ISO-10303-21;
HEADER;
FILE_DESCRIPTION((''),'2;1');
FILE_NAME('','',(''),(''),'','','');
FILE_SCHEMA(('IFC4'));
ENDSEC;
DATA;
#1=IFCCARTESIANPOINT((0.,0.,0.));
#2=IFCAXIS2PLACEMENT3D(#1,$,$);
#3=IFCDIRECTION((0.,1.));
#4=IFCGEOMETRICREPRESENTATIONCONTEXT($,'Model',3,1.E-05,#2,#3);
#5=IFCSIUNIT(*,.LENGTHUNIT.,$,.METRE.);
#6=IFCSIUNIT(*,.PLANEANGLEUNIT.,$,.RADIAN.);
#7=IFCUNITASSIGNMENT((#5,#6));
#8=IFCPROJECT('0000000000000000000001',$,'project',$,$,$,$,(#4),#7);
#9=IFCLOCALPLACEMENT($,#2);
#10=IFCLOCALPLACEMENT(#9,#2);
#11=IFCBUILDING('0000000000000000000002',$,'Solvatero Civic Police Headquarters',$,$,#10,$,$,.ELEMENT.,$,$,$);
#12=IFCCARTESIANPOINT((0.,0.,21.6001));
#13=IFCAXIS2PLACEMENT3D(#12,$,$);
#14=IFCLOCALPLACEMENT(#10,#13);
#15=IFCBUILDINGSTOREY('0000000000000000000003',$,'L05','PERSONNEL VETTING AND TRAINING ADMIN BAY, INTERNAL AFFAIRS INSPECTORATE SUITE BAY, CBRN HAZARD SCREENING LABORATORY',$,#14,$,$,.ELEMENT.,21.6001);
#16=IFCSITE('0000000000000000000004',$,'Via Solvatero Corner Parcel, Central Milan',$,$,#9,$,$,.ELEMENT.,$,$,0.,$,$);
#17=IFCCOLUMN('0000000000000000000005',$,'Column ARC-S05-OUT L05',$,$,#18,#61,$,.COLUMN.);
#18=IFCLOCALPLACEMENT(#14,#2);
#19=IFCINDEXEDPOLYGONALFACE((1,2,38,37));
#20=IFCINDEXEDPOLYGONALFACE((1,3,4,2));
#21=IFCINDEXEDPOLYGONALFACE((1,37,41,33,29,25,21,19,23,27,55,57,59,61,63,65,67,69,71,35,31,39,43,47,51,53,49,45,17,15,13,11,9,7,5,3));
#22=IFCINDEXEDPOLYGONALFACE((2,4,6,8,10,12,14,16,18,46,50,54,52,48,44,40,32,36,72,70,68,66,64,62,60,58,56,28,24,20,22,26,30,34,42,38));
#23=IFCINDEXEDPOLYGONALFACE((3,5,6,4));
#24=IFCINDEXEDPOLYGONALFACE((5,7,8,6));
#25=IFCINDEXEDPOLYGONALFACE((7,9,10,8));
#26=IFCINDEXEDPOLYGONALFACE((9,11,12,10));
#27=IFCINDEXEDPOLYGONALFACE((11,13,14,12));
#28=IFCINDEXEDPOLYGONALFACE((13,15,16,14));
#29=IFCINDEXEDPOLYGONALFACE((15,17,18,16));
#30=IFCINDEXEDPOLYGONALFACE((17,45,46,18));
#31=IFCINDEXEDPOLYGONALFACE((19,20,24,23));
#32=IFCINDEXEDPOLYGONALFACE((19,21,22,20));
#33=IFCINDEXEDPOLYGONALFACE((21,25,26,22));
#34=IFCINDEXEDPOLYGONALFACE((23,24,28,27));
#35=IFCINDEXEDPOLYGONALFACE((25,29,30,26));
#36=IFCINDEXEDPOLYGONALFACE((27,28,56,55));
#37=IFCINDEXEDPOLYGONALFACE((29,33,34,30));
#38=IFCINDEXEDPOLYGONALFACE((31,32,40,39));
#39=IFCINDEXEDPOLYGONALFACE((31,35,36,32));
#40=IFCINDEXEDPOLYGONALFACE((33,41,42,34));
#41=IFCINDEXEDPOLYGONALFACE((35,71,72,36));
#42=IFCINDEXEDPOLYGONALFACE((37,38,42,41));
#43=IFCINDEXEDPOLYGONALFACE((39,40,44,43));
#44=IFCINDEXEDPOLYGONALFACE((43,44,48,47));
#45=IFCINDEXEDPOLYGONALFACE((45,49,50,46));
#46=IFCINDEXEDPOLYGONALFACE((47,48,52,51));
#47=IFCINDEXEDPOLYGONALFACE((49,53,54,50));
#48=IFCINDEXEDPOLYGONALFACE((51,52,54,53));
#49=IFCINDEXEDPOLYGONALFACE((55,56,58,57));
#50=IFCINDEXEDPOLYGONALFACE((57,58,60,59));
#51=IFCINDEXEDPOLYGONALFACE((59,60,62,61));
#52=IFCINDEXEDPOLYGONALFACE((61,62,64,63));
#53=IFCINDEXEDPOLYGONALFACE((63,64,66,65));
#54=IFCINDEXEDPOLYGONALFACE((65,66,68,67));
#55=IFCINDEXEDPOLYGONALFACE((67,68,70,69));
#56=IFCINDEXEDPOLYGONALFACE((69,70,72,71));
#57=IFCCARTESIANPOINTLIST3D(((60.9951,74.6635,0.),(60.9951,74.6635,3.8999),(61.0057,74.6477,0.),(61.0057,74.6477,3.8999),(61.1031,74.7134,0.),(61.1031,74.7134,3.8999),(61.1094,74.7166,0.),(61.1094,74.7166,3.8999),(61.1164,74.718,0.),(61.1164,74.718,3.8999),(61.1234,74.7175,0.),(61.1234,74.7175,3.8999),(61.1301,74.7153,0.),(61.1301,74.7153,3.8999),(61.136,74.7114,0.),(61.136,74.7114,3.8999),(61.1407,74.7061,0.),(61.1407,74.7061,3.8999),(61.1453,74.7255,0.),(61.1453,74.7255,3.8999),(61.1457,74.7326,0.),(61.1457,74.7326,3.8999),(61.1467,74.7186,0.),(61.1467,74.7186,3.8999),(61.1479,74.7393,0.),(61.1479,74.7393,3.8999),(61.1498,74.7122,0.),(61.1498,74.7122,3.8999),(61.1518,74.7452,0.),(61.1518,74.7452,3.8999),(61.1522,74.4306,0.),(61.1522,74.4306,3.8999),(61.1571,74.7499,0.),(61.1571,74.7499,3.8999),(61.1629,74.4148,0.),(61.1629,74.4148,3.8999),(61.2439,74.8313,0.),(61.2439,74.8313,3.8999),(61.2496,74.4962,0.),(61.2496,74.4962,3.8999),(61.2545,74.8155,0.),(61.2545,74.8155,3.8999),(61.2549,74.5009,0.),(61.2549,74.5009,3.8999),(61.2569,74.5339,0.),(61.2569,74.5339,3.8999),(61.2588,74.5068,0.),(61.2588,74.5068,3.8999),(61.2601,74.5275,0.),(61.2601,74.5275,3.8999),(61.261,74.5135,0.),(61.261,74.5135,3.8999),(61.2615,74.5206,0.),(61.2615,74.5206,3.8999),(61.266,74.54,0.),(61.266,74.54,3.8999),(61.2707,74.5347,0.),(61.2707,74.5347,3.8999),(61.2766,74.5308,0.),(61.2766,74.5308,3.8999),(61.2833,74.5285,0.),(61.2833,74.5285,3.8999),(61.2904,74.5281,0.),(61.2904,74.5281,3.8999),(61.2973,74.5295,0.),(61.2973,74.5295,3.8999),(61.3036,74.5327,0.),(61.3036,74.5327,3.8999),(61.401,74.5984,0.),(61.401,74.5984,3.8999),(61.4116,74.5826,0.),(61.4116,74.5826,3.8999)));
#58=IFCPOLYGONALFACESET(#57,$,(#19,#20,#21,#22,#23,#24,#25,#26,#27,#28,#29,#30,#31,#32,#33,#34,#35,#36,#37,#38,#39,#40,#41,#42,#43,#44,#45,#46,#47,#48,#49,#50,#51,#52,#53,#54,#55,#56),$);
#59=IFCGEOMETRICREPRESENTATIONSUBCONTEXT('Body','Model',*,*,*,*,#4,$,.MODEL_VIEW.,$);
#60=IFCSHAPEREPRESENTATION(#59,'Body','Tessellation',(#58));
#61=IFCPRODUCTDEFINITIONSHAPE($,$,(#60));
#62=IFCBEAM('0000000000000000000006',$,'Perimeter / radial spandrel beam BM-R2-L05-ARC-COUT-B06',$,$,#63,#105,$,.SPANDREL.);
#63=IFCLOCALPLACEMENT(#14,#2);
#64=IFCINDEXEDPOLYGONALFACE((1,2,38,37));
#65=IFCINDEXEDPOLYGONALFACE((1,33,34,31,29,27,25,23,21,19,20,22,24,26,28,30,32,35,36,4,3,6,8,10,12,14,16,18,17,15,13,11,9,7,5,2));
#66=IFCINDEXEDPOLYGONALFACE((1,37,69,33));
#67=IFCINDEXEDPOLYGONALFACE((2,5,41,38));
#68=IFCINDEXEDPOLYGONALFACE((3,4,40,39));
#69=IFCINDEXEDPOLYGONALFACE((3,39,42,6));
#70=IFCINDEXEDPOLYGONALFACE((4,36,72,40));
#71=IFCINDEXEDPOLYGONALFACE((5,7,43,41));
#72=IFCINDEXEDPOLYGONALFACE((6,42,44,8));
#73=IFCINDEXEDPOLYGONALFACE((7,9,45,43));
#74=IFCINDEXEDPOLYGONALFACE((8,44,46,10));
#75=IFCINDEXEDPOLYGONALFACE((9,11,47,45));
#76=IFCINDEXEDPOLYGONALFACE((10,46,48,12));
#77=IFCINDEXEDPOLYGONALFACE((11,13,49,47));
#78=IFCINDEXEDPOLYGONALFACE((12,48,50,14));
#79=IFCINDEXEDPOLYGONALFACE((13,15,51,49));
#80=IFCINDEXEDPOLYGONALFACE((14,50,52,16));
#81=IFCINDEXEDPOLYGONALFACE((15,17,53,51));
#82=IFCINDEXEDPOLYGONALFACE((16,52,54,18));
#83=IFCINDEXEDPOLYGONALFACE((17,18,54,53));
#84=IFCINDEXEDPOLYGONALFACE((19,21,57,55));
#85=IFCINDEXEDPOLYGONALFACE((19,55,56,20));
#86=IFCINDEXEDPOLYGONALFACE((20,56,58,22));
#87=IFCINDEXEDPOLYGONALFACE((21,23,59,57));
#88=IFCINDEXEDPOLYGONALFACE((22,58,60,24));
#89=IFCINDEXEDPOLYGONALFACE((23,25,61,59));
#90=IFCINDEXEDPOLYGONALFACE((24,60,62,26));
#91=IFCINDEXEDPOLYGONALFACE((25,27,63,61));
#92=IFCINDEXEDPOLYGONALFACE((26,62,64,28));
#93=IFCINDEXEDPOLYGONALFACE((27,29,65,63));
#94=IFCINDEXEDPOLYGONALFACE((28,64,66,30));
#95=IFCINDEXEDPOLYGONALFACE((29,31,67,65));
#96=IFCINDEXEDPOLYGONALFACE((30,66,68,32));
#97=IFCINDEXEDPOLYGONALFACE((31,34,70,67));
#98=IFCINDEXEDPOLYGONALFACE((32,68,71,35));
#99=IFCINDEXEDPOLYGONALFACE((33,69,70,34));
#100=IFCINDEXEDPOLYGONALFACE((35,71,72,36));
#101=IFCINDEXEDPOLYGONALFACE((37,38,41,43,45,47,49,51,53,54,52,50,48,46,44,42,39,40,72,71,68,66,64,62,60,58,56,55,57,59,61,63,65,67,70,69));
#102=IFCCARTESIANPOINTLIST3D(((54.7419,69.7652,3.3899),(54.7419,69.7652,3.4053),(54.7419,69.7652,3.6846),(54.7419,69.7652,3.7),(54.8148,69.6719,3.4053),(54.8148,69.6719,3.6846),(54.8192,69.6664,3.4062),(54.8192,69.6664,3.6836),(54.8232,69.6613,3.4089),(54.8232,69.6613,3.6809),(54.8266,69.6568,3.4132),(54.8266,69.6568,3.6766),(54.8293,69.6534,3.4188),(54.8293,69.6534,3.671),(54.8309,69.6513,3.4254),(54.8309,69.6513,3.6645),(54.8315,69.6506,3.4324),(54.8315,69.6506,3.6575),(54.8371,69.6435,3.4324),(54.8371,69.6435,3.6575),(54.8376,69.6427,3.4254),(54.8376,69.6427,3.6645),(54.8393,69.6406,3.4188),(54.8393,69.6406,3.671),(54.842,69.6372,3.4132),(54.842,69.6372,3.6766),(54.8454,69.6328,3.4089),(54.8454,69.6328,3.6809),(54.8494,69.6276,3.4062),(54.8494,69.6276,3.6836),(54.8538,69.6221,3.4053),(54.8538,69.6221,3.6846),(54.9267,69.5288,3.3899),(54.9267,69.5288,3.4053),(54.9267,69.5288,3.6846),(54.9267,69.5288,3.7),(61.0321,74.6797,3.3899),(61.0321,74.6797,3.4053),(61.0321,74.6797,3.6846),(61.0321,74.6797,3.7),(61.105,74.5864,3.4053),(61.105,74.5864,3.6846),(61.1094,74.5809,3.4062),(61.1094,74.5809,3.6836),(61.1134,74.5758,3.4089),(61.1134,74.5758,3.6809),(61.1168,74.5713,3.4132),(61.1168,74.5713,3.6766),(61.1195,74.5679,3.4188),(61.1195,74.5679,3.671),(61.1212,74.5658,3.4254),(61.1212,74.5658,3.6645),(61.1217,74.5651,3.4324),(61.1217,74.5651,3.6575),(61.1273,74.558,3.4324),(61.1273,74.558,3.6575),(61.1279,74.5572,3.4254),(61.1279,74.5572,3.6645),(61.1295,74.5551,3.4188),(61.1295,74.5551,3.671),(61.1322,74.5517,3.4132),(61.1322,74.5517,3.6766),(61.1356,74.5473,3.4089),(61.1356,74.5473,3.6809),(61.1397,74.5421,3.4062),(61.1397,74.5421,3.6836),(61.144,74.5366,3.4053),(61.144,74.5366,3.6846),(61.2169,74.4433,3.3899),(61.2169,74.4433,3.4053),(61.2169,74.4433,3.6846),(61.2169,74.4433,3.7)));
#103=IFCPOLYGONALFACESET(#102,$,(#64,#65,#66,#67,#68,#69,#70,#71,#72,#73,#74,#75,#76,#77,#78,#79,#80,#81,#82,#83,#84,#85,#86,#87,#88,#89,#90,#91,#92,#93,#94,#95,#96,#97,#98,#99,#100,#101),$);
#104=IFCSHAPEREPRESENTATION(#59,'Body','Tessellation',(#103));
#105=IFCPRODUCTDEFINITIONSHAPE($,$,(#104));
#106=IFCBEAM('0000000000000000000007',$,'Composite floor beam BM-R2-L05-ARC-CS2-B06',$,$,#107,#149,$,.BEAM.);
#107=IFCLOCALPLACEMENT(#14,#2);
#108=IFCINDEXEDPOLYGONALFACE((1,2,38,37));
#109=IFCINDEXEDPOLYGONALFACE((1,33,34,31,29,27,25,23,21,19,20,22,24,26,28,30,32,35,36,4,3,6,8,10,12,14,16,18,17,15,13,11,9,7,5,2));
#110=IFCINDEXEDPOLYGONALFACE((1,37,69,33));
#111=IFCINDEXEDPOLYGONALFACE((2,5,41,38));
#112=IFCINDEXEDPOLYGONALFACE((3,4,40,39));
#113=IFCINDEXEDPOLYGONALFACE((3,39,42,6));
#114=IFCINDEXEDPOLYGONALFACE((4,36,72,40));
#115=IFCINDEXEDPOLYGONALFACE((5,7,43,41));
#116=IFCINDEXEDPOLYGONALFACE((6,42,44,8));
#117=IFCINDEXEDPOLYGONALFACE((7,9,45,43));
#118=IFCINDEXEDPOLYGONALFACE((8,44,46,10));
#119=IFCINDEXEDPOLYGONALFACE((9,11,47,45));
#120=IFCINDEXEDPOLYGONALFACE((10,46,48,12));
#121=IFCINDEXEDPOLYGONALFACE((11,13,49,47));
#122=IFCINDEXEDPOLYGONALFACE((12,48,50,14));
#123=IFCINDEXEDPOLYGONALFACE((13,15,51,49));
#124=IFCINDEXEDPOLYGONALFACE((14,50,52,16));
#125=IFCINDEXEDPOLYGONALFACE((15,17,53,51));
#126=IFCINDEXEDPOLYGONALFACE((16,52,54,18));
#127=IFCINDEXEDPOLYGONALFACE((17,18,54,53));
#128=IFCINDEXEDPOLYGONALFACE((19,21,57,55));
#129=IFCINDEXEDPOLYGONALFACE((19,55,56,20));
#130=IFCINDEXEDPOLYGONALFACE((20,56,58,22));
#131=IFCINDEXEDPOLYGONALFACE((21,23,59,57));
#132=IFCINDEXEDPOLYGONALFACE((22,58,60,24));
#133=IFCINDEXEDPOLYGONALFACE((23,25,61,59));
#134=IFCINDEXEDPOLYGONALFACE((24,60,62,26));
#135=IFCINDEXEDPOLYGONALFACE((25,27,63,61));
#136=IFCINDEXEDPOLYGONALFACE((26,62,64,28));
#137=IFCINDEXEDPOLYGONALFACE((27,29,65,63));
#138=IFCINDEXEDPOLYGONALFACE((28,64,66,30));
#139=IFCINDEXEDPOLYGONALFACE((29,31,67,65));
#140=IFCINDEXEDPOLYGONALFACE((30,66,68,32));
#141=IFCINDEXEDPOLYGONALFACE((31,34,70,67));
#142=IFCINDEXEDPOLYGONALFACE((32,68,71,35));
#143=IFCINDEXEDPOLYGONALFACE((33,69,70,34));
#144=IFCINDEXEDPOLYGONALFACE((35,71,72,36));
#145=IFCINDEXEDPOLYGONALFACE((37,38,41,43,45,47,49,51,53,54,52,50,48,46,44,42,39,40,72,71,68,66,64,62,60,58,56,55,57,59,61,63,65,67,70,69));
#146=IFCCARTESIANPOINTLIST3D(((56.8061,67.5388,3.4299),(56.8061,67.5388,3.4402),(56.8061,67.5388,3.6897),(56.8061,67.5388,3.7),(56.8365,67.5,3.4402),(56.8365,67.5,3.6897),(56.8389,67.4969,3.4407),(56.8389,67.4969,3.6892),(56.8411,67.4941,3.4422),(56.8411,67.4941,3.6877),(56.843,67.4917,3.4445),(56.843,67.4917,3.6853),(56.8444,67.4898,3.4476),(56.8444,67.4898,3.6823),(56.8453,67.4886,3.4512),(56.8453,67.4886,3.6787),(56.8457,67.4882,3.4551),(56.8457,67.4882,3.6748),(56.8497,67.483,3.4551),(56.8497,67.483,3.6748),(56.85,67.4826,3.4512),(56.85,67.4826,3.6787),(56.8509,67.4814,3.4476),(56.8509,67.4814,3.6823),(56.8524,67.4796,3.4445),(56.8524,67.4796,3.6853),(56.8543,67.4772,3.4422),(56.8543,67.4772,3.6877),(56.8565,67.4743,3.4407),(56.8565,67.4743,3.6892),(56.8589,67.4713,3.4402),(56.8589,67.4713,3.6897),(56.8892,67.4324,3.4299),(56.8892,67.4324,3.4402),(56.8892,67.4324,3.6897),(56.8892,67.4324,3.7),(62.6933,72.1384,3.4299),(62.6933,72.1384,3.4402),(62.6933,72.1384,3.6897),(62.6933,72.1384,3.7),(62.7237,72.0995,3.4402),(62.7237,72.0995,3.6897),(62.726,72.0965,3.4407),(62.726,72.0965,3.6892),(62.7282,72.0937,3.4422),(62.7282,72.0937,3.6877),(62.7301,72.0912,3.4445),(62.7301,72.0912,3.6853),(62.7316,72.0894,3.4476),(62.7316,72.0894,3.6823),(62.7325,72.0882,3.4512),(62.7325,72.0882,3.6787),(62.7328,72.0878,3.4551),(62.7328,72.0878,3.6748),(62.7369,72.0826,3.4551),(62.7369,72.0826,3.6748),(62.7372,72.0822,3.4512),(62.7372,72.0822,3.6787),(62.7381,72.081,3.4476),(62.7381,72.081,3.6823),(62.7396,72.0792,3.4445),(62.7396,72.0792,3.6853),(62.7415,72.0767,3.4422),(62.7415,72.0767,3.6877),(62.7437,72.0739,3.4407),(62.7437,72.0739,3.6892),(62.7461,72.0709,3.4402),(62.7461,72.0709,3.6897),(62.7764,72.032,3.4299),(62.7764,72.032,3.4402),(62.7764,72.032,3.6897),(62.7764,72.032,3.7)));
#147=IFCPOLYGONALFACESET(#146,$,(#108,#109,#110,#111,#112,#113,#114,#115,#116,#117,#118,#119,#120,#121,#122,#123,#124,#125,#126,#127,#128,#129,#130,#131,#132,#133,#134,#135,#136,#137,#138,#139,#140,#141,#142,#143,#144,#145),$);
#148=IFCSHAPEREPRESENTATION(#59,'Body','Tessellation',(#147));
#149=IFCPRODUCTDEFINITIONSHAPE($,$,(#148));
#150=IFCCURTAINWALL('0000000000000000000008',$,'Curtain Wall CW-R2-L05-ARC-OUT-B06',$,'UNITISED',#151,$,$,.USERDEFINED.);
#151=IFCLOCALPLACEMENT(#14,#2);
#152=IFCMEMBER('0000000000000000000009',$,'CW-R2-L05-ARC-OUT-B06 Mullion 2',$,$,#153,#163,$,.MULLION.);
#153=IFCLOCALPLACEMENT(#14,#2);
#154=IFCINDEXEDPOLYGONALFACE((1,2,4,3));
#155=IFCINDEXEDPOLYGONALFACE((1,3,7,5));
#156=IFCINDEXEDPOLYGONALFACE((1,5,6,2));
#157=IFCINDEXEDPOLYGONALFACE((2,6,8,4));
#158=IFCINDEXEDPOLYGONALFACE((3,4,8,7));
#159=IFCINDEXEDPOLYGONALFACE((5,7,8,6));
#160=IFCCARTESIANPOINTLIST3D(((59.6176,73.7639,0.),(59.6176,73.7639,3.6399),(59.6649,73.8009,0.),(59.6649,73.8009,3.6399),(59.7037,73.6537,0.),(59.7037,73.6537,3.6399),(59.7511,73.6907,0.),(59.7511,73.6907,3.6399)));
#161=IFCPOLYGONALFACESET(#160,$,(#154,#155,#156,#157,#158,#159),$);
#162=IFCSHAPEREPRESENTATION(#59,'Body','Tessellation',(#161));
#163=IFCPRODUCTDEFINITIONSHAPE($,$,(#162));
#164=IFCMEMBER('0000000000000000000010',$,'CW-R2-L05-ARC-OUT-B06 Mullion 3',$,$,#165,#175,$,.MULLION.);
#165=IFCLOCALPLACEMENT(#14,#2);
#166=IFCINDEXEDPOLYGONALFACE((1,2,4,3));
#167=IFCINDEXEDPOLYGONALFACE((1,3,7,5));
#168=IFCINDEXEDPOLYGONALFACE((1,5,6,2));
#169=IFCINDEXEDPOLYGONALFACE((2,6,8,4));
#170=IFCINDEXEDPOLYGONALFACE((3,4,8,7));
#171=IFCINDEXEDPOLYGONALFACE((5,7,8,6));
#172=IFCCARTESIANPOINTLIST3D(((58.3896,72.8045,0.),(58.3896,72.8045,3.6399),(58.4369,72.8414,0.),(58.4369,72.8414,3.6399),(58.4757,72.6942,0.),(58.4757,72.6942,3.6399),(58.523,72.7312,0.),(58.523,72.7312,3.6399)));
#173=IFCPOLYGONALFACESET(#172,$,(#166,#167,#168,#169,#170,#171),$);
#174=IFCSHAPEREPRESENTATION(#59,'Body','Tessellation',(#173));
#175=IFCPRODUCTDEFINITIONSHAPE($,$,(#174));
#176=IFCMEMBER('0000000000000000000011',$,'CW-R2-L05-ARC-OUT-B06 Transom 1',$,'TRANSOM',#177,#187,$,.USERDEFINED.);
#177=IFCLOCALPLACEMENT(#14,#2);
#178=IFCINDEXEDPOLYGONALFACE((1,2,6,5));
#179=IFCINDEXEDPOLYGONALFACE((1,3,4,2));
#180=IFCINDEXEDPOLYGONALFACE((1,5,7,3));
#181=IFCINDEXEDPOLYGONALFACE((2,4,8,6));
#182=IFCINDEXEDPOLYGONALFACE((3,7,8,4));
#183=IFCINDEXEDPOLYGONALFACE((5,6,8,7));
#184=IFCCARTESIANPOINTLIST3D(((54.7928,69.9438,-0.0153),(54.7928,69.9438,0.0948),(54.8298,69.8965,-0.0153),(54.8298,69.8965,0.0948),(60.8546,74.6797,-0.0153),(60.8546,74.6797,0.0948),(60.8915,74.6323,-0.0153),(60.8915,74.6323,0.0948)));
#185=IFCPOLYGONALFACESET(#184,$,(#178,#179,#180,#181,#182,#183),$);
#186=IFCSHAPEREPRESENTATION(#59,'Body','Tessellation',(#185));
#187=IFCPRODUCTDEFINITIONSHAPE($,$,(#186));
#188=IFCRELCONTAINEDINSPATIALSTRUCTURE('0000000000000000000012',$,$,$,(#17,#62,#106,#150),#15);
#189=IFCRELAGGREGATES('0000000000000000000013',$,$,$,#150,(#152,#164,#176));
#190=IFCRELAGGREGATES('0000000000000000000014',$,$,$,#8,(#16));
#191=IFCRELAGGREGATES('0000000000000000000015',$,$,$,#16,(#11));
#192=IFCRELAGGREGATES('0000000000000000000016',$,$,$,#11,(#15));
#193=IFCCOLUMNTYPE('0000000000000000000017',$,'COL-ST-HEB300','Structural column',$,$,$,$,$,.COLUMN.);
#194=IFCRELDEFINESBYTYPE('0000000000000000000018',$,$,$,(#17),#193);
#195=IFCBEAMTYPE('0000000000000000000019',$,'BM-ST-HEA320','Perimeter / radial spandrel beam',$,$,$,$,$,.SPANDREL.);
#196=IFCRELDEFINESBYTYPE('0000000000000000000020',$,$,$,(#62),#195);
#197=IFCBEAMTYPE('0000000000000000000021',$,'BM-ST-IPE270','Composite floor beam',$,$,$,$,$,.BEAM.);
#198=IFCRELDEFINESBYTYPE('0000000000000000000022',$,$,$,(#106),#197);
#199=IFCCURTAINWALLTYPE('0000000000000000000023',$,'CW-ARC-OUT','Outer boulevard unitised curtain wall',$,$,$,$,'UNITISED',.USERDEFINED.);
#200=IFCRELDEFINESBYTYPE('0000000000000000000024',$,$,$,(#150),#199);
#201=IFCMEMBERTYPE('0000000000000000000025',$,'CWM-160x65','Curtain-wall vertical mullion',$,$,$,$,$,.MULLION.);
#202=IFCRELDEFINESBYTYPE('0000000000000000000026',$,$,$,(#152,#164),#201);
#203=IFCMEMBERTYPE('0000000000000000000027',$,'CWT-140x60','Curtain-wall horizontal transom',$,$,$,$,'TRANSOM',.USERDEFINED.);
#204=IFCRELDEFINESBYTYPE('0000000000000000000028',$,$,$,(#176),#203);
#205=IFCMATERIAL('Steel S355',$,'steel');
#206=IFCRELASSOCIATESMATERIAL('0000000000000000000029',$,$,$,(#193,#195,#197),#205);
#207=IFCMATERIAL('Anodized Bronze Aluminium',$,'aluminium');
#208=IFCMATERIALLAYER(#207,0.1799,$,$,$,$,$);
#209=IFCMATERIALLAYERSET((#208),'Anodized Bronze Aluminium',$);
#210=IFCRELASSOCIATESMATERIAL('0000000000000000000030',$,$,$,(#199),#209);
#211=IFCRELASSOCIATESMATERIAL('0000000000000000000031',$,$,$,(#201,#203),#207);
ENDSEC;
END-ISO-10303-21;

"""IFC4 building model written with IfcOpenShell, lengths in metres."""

from ifc_helpers import new_model, si_unit, direction, frame, origin, origin_2d, place, context, subcontext, project, spatial, rectangle, i_section, extrude, material, layer, layer_set, material_profile, profile_set, type_object, element, aggregate, save


model = new_model("IFC4")

# Units and contexts
model_context = context("Model", 3, precision=1e-05, world=origin(), true_north=direction((0.0, 1.0)))
body_context = subcontext(model_context, "Body", "Model", "MODEL_VIEW")
ifc_project = project(units=[si_unit("LENGTHUNIT", "METRE"), si_unit("PLANEANGLEUNIT", "RADIAN")], contexts=[model_context])

# Site, building, storey
site_placement = place(None, origin())
site = spatial("IfcSite", under=ifc_project, at=site_placement, Name="Via Solvatero Corner Parcel, Central Milan", CompositionType="ELEMENT", RefElevation=0.0)
building_placement = place(site_placement, origin())
building = spatial("IfcBuilding", under=site, at=building_placement, Name="Solvatero Civic Police Headquarters", CompositionType="ELEMENT")
storey_placement = place(building_placement, frame((0.0, 0.0, 21.6001)))
storey = spatial("IfcBuildingStorey", under=building, at=storey_placement, Name="L05", Description="PERSONNEL VETTING AND TRAINING ADMIN BAY, INTERNAL AFFAIRS INSPECTORATE SUITE BAY, CBRN HAZARD SCREENING LABORATORY", CompositionType="ELEMENT", Elevation=21.6001)

# Column
ifc_material_1 = material(Name="Steel S355", Category="steel")
ifc_material_profile_1 = material_profile(ifc_material_1, i_section(OverallWidth=0.3, OverallDepth=0.3, WebThickness=0.011, FlangeThickness=0.019, FilletRadius=0.0271, at=origin_2d()), Name="HEB 300")
ifc_profile_set_1 = profile_set([ifc_material_profile_1], Name="Steel S355")
column_type = type_object("IfcColumnType", Name="COL-ST-HEB300", Description="Structural column", PredefinedType="COLUMN", material=ifc_profile_set_1)
column_placement = place(storey_placement, frame((61.2034, 74.623, 0.0), z_axis=(0.0, 0.0, 1.0), x_axis=(0.829038, 0.559193, 0.0)))
element("IfcColumn", 1, at=column_placement, inside=storey, type_object=column_type, Name="Column ARC-S05-OUT L05", PredefinedType="COLUMN", context=body_context, shape_type="SweptSolid", body=[
    extrude(i_section(OverallWidth=0.3, OverallDepth=0.3, WebThickness=0.011, FlangeThickness=0.019, FilletRadius=0.0271, at=origin_2d()), origin(), (0.0, 0.0, 1.0), 3.8999),
])

# Beams
ifc_material_profile_2 = material_profile(ifc_material_1, i_section(OverallWidth=0.3, OverallDepth=0.3101, WebThickness=0.009, FlangeThickness=0.0154, FilletRadius=0.0271, at=origin_2d()), Name="HEA 320")
ifc_profile_set_2 = profile_set([ifc_material_profile_2], Name="Steel S355")
beam_type_1 = type_object("IfcBeamType", Name="BM-ST-HEA320", Description="Perimeter / radial spandrel beam", PredefinedType="SPANDREL", material=ifc_profile_set_2)
beam_1_placement = place(storey_placement, frame((61.1245, 74.5615, 3.5449), z_axis=(-0.788008, -0.615665, 0.0), x_axis=(0.615665, -0.788008, 0.0)))
element("IfcBeam", 2, at=beam_1_placement, inside=storey, type_object=beam_type_1, Name="Perimeter / radial spandrel beam BM-R2-L05-ARC-COUT-B06", PredefinedType="SPANDREL", context=body_context, shape_type="SweptSolid", body=[
    extrude(i_section(OverallWidth=0.3, OverallDepth=0.3101, WebThickness=0.009, FlangeThickness=0.0154, FilletRadius=0.0271, at=origin_2d()), origin(), (0.0, 0.0, 1.0), 7.9824),
])
ifc_material_profile_3 = material_profile(ifc_material_1, i_section(OverallWidth=0.135, OverallDepth=0.27, WebThickness=0.0066, FlangeThickness=0.0103, FilletRadius=0.0149, at=origin_2d()), Name="IPE 270")
ifc_profile_set_3 = profile_set([ifc_material_profile_3], Name="Steel S355")
beam_type_2 = type_object("IfcBeamType", Name="BM-ST-IPE270", Description="Composite floor beam", PredefinedType="BEAM", material=ifc_profile_set_3)
beam_2_placement = place(storey_placement, frame((62.7349, 72.0852, 3.5649), z_axis=(-0.78801, -0.615663, 0.0), x_axis=(0.615663, -0.78801, 0.0)))
element("IfcBeam", 3, at=beam_2_placement, inside=storey, type_object=beam_type_2, Name="Composite floor beam BM-R2-L05-ARC-CS2-B06", PredefinedType="BEAM", context=body_context, shape_type="SweptSolid", body=[
    extrude(i_section(OverallWidth=0.135, OverallDepth=0.27, WebThickness=0.0066, FlangeThickness=0.0103, FilletRadius=0.0149, at=origin_2d()), origin(), (0.0, 0.0, 1.0), 7.4709),
])

# Curtain wall, members
ifc_material_2 = material(Name="Anodized Bronze Aluminium", Category="aluminium")
ifc_layer_1 = layer(ifc_material_2, 0.1799)
ifc_layer_set_1 = layer_set([ifc_layer_1], Name="Anodized Bronze Aluminium")
curtain_wall_type = type_object("IfcCurtainWallType", Name="CW-ARC-OUT", Description="Outer boulevard unitised curtain wall", ElementType="UNITISED", PredefinedType="USERDEFINED", material=ifc_layer_set_1)
curtain_wall_placement = place(storey_placement, origin())
curtain_wall = element("IfcCurtainWall", 4, at=curtain_wall_placement, inside=storey, type_object=curtain_wall_type, Name="Curtain Wall CW-R2-L05-ARC-OUT-B06", ObjectType="UNITISED", PredefinedType="USERDEFINED")
ifc_material_profile_4 = material_profile(ifc_material_2, rectangle(XDim=0.0601, YDim=0.1399, at=origin_2d()), Name="ALU MULLION 60x140")
ifc_profile_set_4 = profile_set([ifc_material_profile_4], Name="Anodized Bronze Aluminium")
member_type_1 = type_object("IfcMemberType", Name="CWM-160x65", Description="Curtain-wall vertical mullion", PredefinedType="MULLION", material=ifc_profile_set_4)
member_1_placement = place(storey_placement, frame((59.6843, 73.7273, 0.0), z_axis=(0.0, 0.0, 1.0), x_axis=(-0.788011, -0.615661, 0.0)))
member_1 = element("IfcMember", 5, at=member_1_placement, type_object=member_type_1, Name="CW-R2-L05-ARC-OUT-B06 Mullion 2", PredefinedType="MULLION", context=body_context, shape_type="SweptSolid", body=[
    extrude(rectangle(XDim=0.0601, YDim=0.1399, at=origin_2d()), origin(), (0.0, 0.0, 1.0), 3.6399),
])
member_2_placement = place(storey_placement, frame((58.4563, 72.7678, 0.0), z_axis=(0.0, 0.0, 1.0), x_axis=(-0.788011, -0.615661, 0.0)))
member_2 = element("IfcMember", 6, at=member_2_placement, type_object=member_type_1, Name="CW-R2-L05-ARC-OUT-B06 Mullion 3", PredefinedType="MULLION", context=body_context, shape_type="SweptSolid", body=[
    extrude(rectangle(XDim=0.0601, YDim=0.1399, at=origin_2d()), origin(), (0.0, 0.0, 1.0), 3.6399),
])
ifc_material_profile_5 = material_profile(ifc_material_2, rectangle(XDim=0.0601, YDim=0.1101, at=origin_2d()), Name="ALU TRANSOM 60x110")
ifc_profile_set_5 = profile_set([ifc_material_profile_5], Name="Anodized Bronze Aluminium")
member_type_2 = type_object("IfcMemberType", Name="CWT-140x60", Description="Curtain-wall horizontal transom", ElementType="TRANSOM", PredefinedType="USERDEFINED", material=ifc_profile_set_5)
member_3_placement = place(storey_placement, frame((60.873, 74.656, 0.0398), z_axis=(-0.788019, -0.615651, 0.0), x_axis=(0.615651, -0.788019, 0.0)))
member_3 = element("IfcMember", 7, at=member_3_placement, type_object=member_type_2, Name="CW-R2-L05-ARC-OUT-B06 Transom 1", ObjectType="TRANSOM", PredefinedType="USERDEFINED", context=body_context, shape_type="SweptSolid", body=[
    extrude(rectangle(XDim=0.0601, YDim=0.1101, at=origin_2d()), origin(), (0.0, 0.0, 1.0), 7.6924),
])
aggregate(curtain_wall, [member_1, member_2, member_3])

save(model, "model.ifc")
